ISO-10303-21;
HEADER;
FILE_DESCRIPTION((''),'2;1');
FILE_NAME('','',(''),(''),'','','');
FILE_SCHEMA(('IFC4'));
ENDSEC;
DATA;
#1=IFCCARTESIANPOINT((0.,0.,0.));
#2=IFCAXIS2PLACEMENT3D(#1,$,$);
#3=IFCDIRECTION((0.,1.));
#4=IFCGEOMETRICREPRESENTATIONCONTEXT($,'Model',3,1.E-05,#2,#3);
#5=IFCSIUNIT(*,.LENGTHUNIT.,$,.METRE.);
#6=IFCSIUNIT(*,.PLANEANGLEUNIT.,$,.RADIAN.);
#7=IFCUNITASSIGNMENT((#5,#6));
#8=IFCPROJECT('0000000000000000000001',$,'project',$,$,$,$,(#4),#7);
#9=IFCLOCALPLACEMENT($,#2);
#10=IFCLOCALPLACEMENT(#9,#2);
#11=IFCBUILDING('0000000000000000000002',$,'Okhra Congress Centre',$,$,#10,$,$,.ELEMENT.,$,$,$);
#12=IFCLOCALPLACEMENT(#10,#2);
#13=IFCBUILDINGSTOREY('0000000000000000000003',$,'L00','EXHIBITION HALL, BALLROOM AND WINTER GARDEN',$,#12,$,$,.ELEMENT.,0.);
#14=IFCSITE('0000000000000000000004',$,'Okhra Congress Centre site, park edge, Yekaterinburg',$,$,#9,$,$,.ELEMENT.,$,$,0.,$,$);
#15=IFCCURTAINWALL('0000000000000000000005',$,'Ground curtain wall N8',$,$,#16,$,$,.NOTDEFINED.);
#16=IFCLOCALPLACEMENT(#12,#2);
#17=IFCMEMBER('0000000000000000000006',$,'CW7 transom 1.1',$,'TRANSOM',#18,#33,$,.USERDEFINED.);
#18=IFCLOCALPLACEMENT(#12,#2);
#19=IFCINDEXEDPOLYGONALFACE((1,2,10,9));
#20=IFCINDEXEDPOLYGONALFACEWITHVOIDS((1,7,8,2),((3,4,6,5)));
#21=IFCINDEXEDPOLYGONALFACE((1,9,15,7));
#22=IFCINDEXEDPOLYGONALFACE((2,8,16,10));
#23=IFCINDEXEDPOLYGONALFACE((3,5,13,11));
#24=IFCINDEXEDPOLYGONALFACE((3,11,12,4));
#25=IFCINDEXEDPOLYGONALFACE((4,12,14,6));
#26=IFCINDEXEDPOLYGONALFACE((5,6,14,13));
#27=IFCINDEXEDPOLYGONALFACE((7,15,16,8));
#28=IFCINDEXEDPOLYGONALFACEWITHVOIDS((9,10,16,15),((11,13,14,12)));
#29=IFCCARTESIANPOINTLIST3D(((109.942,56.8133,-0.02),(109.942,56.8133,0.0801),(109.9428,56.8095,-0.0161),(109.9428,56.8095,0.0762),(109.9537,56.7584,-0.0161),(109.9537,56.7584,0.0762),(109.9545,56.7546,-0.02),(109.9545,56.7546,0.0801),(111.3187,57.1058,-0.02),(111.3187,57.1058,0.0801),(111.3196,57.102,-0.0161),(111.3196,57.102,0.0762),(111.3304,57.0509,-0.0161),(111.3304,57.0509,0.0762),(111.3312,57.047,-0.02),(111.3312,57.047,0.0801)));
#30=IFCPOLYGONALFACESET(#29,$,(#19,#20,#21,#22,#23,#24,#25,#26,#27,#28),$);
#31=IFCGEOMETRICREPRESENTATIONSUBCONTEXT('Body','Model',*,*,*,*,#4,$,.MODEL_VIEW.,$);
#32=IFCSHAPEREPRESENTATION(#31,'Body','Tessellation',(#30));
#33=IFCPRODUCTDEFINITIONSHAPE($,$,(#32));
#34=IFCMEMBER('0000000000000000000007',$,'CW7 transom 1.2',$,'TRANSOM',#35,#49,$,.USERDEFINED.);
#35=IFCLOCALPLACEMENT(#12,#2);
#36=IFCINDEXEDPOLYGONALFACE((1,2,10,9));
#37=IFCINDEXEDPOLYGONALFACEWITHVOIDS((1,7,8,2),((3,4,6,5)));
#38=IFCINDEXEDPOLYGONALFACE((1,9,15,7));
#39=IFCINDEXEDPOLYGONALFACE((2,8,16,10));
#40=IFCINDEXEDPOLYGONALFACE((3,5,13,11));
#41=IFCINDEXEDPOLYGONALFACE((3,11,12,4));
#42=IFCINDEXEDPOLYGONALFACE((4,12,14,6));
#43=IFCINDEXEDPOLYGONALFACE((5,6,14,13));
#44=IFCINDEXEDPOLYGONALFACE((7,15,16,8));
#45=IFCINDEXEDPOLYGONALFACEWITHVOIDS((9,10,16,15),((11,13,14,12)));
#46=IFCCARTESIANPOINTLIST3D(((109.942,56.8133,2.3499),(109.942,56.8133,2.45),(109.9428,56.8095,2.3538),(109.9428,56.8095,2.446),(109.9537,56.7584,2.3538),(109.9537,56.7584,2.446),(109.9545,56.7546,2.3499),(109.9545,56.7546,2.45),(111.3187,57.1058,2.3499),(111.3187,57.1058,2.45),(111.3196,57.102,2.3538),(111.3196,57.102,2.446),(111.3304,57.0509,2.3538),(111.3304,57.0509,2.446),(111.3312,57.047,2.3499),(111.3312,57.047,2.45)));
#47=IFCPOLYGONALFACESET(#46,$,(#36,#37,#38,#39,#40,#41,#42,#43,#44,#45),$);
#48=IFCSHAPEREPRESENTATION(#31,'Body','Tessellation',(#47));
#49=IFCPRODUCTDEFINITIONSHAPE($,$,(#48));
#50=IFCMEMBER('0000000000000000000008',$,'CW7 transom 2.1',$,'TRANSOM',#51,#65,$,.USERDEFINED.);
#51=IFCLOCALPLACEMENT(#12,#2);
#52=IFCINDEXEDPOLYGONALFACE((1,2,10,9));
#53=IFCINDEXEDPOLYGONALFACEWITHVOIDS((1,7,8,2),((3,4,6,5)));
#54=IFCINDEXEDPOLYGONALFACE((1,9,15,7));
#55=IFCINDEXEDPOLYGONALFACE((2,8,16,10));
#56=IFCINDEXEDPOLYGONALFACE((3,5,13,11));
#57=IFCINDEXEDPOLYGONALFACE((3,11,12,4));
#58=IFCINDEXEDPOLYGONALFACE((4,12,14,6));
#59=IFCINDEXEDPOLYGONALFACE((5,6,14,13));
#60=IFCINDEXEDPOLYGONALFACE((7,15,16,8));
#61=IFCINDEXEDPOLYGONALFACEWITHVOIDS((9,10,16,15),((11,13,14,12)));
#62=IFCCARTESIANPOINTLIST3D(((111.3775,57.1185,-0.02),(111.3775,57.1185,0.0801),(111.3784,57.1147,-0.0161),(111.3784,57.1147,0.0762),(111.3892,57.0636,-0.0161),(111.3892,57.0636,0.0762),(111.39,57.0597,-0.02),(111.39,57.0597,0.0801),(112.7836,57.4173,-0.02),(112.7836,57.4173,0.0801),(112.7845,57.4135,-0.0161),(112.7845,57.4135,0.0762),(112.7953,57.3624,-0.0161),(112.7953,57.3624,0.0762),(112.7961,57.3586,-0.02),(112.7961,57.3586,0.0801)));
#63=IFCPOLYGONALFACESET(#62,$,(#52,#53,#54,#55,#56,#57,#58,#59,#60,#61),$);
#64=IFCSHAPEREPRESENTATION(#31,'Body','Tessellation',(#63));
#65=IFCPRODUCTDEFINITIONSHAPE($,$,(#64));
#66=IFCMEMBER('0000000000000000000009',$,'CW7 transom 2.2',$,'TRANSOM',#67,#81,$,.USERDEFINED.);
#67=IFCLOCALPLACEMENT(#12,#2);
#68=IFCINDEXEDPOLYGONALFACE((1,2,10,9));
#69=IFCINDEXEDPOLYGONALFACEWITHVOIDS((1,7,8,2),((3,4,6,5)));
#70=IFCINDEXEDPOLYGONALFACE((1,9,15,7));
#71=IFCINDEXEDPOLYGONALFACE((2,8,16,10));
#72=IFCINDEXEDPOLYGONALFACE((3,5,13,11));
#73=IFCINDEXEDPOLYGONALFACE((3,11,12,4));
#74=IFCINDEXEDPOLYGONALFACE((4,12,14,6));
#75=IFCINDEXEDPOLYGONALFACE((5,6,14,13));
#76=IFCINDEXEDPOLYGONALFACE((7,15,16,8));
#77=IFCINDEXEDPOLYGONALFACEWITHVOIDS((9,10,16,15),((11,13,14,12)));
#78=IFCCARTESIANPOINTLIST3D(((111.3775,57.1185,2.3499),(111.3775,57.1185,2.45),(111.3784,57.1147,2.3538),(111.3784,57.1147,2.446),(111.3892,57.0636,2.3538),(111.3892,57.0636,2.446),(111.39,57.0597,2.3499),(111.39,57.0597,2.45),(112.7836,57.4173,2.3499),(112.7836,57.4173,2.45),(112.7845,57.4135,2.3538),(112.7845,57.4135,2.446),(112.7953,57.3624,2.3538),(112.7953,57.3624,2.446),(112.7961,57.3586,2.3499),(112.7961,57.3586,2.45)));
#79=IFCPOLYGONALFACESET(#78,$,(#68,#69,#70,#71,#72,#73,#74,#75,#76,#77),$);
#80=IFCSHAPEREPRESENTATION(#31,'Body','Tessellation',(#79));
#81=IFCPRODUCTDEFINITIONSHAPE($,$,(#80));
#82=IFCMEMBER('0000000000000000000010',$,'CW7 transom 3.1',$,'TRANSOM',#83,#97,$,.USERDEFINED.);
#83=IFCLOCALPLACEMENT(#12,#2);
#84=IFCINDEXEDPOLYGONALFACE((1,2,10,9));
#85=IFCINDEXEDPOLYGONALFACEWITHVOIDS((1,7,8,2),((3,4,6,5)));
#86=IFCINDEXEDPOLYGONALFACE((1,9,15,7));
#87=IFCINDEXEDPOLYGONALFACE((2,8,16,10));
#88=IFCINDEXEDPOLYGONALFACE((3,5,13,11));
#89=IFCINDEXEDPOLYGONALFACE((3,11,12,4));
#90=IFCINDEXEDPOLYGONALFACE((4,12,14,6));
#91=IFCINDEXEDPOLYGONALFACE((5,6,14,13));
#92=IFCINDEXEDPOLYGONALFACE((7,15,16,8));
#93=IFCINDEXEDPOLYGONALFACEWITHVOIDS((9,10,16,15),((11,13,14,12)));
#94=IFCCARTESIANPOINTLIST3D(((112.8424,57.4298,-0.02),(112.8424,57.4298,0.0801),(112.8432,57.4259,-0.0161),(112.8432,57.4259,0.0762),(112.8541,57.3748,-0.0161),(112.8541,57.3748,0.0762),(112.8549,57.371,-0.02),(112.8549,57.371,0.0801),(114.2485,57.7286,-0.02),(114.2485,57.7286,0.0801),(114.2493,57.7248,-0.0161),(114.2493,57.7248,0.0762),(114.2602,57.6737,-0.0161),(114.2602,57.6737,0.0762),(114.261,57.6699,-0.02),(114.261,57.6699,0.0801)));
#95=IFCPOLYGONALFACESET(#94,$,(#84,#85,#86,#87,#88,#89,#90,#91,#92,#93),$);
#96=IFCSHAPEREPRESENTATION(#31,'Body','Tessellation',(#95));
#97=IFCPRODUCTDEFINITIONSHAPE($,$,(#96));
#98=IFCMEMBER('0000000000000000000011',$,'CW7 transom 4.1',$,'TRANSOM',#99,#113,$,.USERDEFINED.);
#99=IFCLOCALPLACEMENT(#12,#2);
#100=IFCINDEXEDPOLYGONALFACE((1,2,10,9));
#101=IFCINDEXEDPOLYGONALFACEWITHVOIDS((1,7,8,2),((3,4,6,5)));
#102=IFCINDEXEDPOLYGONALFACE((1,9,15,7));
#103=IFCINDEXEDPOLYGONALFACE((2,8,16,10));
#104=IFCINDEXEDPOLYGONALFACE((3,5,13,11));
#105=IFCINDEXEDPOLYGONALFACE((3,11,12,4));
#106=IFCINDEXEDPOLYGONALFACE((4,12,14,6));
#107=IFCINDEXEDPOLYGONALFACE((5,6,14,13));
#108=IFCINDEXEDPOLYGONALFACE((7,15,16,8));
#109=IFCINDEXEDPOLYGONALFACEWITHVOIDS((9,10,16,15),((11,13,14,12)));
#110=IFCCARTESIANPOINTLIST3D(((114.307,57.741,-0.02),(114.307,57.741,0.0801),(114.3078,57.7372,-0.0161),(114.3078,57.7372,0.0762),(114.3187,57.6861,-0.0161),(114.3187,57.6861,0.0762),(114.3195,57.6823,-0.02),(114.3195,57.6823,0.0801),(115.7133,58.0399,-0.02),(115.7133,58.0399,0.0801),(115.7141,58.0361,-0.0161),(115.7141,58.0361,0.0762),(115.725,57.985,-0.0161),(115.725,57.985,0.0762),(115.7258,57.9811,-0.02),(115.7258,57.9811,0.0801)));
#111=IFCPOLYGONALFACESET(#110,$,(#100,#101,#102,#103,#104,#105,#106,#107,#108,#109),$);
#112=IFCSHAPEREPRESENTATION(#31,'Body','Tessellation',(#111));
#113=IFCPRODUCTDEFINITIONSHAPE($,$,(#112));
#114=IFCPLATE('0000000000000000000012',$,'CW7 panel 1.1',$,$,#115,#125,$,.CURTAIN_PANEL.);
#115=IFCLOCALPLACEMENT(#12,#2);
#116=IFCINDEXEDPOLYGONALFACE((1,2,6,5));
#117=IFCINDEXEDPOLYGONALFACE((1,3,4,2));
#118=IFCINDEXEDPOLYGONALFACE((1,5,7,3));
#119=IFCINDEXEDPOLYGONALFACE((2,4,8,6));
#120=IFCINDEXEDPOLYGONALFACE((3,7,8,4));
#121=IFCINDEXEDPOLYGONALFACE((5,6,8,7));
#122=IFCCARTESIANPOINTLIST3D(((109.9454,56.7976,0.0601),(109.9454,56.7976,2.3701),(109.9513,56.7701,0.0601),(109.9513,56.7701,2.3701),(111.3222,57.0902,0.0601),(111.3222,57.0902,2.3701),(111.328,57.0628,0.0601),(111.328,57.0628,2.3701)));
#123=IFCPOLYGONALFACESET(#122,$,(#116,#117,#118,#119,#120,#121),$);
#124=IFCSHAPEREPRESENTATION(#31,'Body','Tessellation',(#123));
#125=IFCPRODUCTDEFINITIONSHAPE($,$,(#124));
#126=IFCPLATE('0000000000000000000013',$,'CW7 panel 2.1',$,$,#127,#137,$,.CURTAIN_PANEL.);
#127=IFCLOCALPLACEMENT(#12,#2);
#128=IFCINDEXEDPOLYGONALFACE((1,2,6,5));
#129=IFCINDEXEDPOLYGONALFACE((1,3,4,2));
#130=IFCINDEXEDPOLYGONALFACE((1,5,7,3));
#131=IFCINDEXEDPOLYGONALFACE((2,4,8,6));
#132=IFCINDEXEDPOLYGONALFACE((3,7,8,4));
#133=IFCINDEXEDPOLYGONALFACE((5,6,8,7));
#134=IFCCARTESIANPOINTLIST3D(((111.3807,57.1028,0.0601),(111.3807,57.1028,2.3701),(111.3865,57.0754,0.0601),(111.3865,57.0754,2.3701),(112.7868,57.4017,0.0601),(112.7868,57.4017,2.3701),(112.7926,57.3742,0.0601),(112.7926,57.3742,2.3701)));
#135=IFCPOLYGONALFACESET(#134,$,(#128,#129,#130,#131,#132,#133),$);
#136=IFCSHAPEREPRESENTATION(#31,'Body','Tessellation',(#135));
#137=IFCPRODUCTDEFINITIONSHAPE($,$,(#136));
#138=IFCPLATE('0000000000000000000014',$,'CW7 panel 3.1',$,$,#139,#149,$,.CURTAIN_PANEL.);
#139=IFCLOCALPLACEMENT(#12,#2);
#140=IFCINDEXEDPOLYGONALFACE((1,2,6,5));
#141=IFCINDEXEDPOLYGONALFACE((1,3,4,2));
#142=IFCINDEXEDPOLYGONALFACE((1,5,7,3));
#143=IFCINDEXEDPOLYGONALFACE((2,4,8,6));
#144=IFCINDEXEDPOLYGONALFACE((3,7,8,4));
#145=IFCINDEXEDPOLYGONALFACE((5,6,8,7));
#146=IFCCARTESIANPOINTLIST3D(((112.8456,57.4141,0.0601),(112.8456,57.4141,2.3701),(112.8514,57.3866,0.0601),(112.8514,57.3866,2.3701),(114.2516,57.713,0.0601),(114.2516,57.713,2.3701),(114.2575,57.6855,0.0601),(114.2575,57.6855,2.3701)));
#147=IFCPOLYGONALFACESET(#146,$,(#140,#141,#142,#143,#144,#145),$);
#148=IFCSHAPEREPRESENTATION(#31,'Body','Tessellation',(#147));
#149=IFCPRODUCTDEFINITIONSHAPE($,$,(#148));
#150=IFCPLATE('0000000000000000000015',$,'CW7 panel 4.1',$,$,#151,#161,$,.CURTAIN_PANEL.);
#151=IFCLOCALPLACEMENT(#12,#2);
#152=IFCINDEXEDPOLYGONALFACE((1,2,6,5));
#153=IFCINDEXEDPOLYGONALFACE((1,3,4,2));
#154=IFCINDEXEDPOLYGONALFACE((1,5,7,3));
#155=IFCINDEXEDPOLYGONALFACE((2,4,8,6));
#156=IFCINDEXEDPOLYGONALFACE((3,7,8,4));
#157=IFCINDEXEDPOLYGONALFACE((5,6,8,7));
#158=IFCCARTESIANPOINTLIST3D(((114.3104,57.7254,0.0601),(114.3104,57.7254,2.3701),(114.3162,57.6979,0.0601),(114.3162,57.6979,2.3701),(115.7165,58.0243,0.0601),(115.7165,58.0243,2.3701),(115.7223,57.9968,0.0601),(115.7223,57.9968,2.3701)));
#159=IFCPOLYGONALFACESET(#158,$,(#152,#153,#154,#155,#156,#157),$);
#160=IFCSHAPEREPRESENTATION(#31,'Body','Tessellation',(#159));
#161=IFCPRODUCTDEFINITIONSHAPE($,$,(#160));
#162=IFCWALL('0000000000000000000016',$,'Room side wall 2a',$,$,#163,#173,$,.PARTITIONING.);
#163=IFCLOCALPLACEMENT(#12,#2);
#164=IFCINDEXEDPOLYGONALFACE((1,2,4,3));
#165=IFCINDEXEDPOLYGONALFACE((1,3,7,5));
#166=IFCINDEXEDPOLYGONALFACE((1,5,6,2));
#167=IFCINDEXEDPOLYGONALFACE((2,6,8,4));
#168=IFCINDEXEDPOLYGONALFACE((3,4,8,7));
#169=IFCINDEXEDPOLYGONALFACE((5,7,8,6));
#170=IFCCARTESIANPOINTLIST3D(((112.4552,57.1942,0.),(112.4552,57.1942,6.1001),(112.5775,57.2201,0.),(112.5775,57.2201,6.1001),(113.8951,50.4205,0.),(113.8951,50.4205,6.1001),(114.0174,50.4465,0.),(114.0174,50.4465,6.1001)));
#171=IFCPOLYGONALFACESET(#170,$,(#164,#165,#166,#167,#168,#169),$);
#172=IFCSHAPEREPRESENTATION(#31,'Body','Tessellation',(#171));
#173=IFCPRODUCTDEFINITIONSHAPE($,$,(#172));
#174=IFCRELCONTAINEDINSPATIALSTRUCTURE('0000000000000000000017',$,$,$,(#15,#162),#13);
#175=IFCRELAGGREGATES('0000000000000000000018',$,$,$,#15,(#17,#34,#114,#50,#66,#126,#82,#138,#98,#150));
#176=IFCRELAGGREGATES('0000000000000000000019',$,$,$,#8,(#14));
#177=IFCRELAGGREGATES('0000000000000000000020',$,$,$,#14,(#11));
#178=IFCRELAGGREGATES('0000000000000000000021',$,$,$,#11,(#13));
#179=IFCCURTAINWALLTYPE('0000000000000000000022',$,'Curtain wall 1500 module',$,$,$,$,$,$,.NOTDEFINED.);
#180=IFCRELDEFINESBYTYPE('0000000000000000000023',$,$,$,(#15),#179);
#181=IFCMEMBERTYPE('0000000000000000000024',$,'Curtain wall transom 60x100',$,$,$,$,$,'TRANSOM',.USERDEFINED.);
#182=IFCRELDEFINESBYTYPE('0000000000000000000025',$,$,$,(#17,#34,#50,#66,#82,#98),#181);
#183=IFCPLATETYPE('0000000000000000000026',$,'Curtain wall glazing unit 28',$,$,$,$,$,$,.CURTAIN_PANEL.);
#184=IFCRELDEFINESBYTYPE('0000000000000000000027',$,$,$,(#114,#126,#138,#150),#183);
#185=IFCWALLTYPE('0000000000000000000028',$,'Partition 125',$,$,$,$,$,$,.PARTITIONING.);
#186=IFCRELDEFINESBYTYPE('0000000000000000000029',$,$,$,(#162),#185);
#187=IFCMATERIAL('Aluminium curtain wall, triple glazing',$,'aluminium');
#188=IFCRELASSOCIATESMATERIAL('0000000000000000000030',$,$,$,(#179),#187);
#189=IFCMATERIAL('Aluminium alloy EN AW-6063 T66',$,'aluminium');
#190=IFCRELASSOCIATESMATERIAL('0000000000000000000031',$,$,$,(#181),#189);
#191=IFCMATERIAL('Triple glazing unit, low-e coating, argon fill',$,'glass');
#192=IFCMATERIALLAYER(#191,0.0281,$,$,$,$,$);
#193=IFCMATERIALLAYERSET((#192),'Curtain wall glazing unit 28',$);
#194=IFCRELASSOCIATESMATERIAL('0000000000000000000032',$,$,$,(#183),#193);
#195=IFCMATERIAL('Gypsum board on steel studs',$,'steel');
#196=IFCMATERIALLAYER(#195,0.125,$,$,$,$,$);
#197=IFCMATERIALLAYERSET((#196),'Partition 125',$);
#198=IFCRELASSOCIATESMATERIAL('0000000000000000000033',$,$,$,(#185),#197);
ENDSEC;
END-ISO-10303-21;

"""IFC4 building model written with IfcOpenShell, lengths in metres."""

from ifc_helpers import new_model, si_unit, direction, frame, frame_2d, origin, origin_2d, place, context, subcontext, project, spatial, rectangle, hollow_rectangle, extrude, material, layer, layer_set, material_profile, profile_set, type_object, element, aggregate, save


model = new_model("IFC4")

# Units and contexts
model_context = context("Model", 3, precision=1e-05, world=origin(), true_north=direction((0.0, 1.0)))
body_context = subcontext(model_context, "Body", "Model", "MODEL_VIEW")
ifc_project = project(units=[si_unit("LENGTHUNIT", "METRE"), si_unit("PLANEANGLEUNIT", "RADIAN")], contexts=[model_context])

# Site, building, storey
site_placement = place(None, origin())
site = spatial("IfcSite", under=ifc_project, at=site_placement, Name="Okhra Congress Centre site, park edge, Yekaterinburg", CompositionType="ELEMENT", RefElevation=0.0)
building_placement = place(site_placement, origin())
building = spatial("IfcBuilding", under=site, at=building_placement, Name="Okhra Congress Centre", CompositionType="ELEMENT")
storey_placement = place(building_placement, origin())
storey = spatial("IfcBuildingStorey", under=building, at=storey_placement, Name="L00", Description="EXHIBITION HALL, BALLROOM AND WINTER GARDEN", CompositionType="ELEMENT", Elevation=0.0)

# Curtain wall, members, plates
ifc_material_1 = material(Name="Aluminium curtain wall, triple glazing", Category="aluminium")
curtain_wall_type = type_object("IfcCurtainWallType", Name="Curtain wall 1500 module", PredefinedType="NOTDEFINED", material=ifc_material_1)
curtain_wall_placement = place(storey_placement, origin())
curtain_wall = element("IfcCurtainWall", 1, at=curtain_wall_placement, inside=storey, type_object=curtain_wall_type, Name="Ground curtain wall N8", PredefinedType="NOTDEFINED")
ifc_material_2 = material(Name="Aluminium alloy EN AW-6063 T66", Category="aluminium")
ifc_material_profile_1 = material_profile(ifc_material_2, hollow_rectangle(XDim=0.0601, YDim=0.1001, WallThickness=0.0039, at=origin_2d()), Name="RHS 60x100x4")
ifc_profile_set_1 = profile_set([ifc_material_profile_1], Name="Aluminium alloy EN AW-6063 T66")
member_type_1 = type_object("IfcMemberType", Name="Curtain wall transom 60x100", ElementType="TRANSOM", PredefinedType="USERDEFINED", material=ifc_profile_set_1)
member_1_placement = place(storey_placement, frame((109.9482, 56.7839, 0.03), z_axis=(0.978169, 0.207811, 0.0), x_axis=(-0.207811, 0.978169, 0.0)))
member_1 = element("IfcMember", 2, at=member_1_placement, type_object=member_type_1, Name="CW7 transom 1.1", ObjectType="TRANSOM", PredefinedType="USERDEFINED", context=body_context, shape_type="SweptSolid", body=[
    extrude(hollow_rectangle(XDim=0.0601, YDim=0.1001, WallThickness=0.0039, at=origin_2d()), origin(), (0.0, 0.0, 1.0), 1.4075),
])
member_2_placement = place(storey_placement, frame((109.9482, 56.7839, 2.3999), z_axis=(0.978169, 0.207811, 0.0), x_axis=(-0.207811, 0.978169, 0.0)))
member_2 = element("IfcMember", 3, at=member_2_placement, type_object=member_type_1, Name="CW7 transom 1.2", ObjectType="TRANSOM", PredefinedType="USERDEFINED", context=body_context, shape_type="SweptSolid", body=[
    extrude(hollow_rectangle(XDim=0.0601, YDim=0.1001, WallThickness=0.0039, at=origin_2d()), origin(), (0.0, 0.0, 1.0), 1.4075),
])
member_3_placement = place(storey_placement, frame((111.3838, 57.0891, 0.03), z_axis=(0.978152, 0.207893, 0.0), x_axis=(-0.207893, 0.978152, 0.0)))
member_3 = element("IfcMember", 4, at=member_3_placement, type_object=member_type_1, Name="CW7 transom 2.1", ObjectType="TRANSOM", PredefinedType="USERDEFINED", context=body_context, shape_type="SweptSolid", body=[
    extrude(hollow_rectangle(XDim=0.0601, YDim=0.1001, WallThickness=0.0039, at=origin_2d()), origin(), (0.0, 0.0, 1.0), 1.4375),
])
member_4_placement = place(storey_placement, frame((111.3838, 57.0891, 2.3999), z_axis=(0.978152, 0.207893, 0.0), x_axis=(-0.207893, 0.978152, 0.0)))
member_4 = element("IfcMember", 5, at=member_4_placement, type_object=member_type_1, Name="CW7 transom 2.2", ObjectType="TRANSOM", PredefinedType="USERDEFINED", context=body_context, shape_type="SweptSolid", body=[
    extrude(hollow_rectangle(XDim=0.0601, YDim=0.1001, WallThickness=0.0039, at=origin_2d()), origin(), (0.0, 0.0, 1.0), 1.4375),
])
member_5_placement = place(storey_placement, frame((112.8486, 57.4004, 0.03), z_axis=(0.978152, 0.207893, 0.0), x_axis=(-0.207893, 0.978152, 0.0)))
member_5 = element("IfcMember", 6, at=member_5_placement, type_object=member_type_1, Name="CW7 transom 3.1", ObjectType="TRANSOM", PredefinedType="USERDEFINED", context=body_context, shape_type="SweptSolid", body=[
    extrude(hollow_rectangle(XDim=0.0601, YDim=0.1001, WallThickness=0.0039, at=origin_2d()), origin(), (0.0, 0.0, 1.0), 1.4375),
])
member_6_placement = place(storey_placement, frame((114.3132, 57.7117, 0.03), z_axis=(0.978159, 0.207859, 0.0), x_axis=(-0.207859, 0.978159, 0.0)))
member_6 = element("IfcMember", 7, at=member_6_placement, type_object=member_type_1, Name="CW7 transom 4.1", ObjectType="TRANSOM", PredefinedType="USERDEFINED", context=body_context, shape_type="SweptSolid", body=[
    extrude(hollow_rectangle(XDim=0.0601, YDim=0.1001, WallThickness=0.0039, at=origin_2d()), origin(), (0.0, 0.0, 1.0), 1.4377),
])
ifc_material_3 = material(Name="Triple glazing unit, low-e coating, argon fill", Category="glass")
ifc_layer_1 = layer(ifc_material_3, 0.0281)
ifc_layer_set_1 = layer_set([ifc_layer_1], Name="Curtain wall glazing unit 28")
plate_type = type_object("IfcPlateType", Name="Curtain wall glazing unit 28", PredefinedType="CURTAIN_PANEL", material=ifc_layer_set_1)
plate_1_placement = place(storey_placement, frame((110.6367, 56.9302, 0.0601), z_axis=(0.0, 0.0, 1.0), x_axis=(0.978148, 0.207912, 0.0)))
plate_1 = element("IfcPlate", 8, at=plate_1_placement, type_object=plate_type, Name="CW7 panel 1.1", PredefinedType="CURTAIN_PANEL", context=body_context, shape_type="SweptSolid", body=[
    extrude(rectangle(XDim=1.4075, YDim=0.0281, at=origin_2d()), origin(), (0.0, 0.0, 1.0), 2.3101),
])
plate_2_placement = place(storey_placement, frame((112.0867, 57.2385, 0.0601), z_axis=(0.0, 0.0, 1.0), x_axis=(0.978148, 0.207912, 0.0)))
plate_2 = element("IfcPlate", 9, at=plate_2_placement, type_object=plate_type, Name="CW7 panel 2.1", PredefinedType="CURTAIN_PANEL", context=body_context, shape_type="SweptSolid", body=[
    extrude(rectangle(XDim=1.4375, YDim=0.0281, at=origin_2d()), origin(), (0.0, 0.0, 1.0), 2.3101),
])
plate_3_placement = place(storey_placement, frame((113.5515, 57.5498, 0.0601), z_axis=(0.0, 0.0, 1.0), x_axis=(0.978148, 0.207912, 0.0)))
plate_3 = element("IfcPlate", 10, at=plate_3_placement, type_object=plate_type, Name="CW7 panel 3.1", PredefinedType="CURTAIN_PANEL", context=body_context, shape_type="SweptSolid", body=[
    extrude(rectangle(XDim=1.4375, YDim=0.0281, at=origin_2d()), origin(), (0.0, 0.0, 1.0), 2.3101),
])
plate_4_placement = place(storey_placement, frame((115.0164, 57.8611, 0.0601), z_axis=(0.0, 0.0, 1.0), x_axis=(0.978148, 0.207912, 0.0)))
plate_4 = element("IfcPlate", 11, at=plate_4_placement, type_object=plate_type, Name="CW7 panel 4.1", PredefinedType="CURTAIN_PANEL", context=body_context, shape_type="SweptSolid", body=[
    extrude(rectangle(XDim=1.4375, YDim=0.0281, at=origin_2d()), origin(), (0.0, 0.0, 1.0), 2.3101),
])
aggregate(curtain_wall, [member_1, member_2, plate_1, member_3, member_4, plate_2, member_5, plate_3, member_6, plate_4])

# Wall
ifc_material_4 = material(Name="Gypsum board on steel studs", Category="steel")
ifc_layer_2 = layer(ifc_material_4, 0.125)
ifc_layer_set_2 = layer_set([ifc_layer_2], Name="Partition 125")
wall_type_1 = type_object("IfcWallType", Name="Partition 125", PredefinedType="PARTITIONING", material=ifc_layer_set_2)
wall_1_placement = place(storey_placement, frame((112.5164, 57.207, 0.0), z_axis=(0.0, 0.0, 1.0), x_axis=(0.207933, -0.978143, 0.0)))
element("IfcWall", 12, at=wall_1_placement, inside=storey, type_object=wall_type_1, Name="Room side wall 2a", PredefinedType="PARTITIONING", context=body_context, shape_type="SweptSolid", body=[
    extrude(rectangle(XDim=6.925, YDim=0.125, at=frame_2d((3.4624, 0.0))), origin(), (0.0, 0.0, 1.0), 6.1001),
])

save(model, "model.ifc")
